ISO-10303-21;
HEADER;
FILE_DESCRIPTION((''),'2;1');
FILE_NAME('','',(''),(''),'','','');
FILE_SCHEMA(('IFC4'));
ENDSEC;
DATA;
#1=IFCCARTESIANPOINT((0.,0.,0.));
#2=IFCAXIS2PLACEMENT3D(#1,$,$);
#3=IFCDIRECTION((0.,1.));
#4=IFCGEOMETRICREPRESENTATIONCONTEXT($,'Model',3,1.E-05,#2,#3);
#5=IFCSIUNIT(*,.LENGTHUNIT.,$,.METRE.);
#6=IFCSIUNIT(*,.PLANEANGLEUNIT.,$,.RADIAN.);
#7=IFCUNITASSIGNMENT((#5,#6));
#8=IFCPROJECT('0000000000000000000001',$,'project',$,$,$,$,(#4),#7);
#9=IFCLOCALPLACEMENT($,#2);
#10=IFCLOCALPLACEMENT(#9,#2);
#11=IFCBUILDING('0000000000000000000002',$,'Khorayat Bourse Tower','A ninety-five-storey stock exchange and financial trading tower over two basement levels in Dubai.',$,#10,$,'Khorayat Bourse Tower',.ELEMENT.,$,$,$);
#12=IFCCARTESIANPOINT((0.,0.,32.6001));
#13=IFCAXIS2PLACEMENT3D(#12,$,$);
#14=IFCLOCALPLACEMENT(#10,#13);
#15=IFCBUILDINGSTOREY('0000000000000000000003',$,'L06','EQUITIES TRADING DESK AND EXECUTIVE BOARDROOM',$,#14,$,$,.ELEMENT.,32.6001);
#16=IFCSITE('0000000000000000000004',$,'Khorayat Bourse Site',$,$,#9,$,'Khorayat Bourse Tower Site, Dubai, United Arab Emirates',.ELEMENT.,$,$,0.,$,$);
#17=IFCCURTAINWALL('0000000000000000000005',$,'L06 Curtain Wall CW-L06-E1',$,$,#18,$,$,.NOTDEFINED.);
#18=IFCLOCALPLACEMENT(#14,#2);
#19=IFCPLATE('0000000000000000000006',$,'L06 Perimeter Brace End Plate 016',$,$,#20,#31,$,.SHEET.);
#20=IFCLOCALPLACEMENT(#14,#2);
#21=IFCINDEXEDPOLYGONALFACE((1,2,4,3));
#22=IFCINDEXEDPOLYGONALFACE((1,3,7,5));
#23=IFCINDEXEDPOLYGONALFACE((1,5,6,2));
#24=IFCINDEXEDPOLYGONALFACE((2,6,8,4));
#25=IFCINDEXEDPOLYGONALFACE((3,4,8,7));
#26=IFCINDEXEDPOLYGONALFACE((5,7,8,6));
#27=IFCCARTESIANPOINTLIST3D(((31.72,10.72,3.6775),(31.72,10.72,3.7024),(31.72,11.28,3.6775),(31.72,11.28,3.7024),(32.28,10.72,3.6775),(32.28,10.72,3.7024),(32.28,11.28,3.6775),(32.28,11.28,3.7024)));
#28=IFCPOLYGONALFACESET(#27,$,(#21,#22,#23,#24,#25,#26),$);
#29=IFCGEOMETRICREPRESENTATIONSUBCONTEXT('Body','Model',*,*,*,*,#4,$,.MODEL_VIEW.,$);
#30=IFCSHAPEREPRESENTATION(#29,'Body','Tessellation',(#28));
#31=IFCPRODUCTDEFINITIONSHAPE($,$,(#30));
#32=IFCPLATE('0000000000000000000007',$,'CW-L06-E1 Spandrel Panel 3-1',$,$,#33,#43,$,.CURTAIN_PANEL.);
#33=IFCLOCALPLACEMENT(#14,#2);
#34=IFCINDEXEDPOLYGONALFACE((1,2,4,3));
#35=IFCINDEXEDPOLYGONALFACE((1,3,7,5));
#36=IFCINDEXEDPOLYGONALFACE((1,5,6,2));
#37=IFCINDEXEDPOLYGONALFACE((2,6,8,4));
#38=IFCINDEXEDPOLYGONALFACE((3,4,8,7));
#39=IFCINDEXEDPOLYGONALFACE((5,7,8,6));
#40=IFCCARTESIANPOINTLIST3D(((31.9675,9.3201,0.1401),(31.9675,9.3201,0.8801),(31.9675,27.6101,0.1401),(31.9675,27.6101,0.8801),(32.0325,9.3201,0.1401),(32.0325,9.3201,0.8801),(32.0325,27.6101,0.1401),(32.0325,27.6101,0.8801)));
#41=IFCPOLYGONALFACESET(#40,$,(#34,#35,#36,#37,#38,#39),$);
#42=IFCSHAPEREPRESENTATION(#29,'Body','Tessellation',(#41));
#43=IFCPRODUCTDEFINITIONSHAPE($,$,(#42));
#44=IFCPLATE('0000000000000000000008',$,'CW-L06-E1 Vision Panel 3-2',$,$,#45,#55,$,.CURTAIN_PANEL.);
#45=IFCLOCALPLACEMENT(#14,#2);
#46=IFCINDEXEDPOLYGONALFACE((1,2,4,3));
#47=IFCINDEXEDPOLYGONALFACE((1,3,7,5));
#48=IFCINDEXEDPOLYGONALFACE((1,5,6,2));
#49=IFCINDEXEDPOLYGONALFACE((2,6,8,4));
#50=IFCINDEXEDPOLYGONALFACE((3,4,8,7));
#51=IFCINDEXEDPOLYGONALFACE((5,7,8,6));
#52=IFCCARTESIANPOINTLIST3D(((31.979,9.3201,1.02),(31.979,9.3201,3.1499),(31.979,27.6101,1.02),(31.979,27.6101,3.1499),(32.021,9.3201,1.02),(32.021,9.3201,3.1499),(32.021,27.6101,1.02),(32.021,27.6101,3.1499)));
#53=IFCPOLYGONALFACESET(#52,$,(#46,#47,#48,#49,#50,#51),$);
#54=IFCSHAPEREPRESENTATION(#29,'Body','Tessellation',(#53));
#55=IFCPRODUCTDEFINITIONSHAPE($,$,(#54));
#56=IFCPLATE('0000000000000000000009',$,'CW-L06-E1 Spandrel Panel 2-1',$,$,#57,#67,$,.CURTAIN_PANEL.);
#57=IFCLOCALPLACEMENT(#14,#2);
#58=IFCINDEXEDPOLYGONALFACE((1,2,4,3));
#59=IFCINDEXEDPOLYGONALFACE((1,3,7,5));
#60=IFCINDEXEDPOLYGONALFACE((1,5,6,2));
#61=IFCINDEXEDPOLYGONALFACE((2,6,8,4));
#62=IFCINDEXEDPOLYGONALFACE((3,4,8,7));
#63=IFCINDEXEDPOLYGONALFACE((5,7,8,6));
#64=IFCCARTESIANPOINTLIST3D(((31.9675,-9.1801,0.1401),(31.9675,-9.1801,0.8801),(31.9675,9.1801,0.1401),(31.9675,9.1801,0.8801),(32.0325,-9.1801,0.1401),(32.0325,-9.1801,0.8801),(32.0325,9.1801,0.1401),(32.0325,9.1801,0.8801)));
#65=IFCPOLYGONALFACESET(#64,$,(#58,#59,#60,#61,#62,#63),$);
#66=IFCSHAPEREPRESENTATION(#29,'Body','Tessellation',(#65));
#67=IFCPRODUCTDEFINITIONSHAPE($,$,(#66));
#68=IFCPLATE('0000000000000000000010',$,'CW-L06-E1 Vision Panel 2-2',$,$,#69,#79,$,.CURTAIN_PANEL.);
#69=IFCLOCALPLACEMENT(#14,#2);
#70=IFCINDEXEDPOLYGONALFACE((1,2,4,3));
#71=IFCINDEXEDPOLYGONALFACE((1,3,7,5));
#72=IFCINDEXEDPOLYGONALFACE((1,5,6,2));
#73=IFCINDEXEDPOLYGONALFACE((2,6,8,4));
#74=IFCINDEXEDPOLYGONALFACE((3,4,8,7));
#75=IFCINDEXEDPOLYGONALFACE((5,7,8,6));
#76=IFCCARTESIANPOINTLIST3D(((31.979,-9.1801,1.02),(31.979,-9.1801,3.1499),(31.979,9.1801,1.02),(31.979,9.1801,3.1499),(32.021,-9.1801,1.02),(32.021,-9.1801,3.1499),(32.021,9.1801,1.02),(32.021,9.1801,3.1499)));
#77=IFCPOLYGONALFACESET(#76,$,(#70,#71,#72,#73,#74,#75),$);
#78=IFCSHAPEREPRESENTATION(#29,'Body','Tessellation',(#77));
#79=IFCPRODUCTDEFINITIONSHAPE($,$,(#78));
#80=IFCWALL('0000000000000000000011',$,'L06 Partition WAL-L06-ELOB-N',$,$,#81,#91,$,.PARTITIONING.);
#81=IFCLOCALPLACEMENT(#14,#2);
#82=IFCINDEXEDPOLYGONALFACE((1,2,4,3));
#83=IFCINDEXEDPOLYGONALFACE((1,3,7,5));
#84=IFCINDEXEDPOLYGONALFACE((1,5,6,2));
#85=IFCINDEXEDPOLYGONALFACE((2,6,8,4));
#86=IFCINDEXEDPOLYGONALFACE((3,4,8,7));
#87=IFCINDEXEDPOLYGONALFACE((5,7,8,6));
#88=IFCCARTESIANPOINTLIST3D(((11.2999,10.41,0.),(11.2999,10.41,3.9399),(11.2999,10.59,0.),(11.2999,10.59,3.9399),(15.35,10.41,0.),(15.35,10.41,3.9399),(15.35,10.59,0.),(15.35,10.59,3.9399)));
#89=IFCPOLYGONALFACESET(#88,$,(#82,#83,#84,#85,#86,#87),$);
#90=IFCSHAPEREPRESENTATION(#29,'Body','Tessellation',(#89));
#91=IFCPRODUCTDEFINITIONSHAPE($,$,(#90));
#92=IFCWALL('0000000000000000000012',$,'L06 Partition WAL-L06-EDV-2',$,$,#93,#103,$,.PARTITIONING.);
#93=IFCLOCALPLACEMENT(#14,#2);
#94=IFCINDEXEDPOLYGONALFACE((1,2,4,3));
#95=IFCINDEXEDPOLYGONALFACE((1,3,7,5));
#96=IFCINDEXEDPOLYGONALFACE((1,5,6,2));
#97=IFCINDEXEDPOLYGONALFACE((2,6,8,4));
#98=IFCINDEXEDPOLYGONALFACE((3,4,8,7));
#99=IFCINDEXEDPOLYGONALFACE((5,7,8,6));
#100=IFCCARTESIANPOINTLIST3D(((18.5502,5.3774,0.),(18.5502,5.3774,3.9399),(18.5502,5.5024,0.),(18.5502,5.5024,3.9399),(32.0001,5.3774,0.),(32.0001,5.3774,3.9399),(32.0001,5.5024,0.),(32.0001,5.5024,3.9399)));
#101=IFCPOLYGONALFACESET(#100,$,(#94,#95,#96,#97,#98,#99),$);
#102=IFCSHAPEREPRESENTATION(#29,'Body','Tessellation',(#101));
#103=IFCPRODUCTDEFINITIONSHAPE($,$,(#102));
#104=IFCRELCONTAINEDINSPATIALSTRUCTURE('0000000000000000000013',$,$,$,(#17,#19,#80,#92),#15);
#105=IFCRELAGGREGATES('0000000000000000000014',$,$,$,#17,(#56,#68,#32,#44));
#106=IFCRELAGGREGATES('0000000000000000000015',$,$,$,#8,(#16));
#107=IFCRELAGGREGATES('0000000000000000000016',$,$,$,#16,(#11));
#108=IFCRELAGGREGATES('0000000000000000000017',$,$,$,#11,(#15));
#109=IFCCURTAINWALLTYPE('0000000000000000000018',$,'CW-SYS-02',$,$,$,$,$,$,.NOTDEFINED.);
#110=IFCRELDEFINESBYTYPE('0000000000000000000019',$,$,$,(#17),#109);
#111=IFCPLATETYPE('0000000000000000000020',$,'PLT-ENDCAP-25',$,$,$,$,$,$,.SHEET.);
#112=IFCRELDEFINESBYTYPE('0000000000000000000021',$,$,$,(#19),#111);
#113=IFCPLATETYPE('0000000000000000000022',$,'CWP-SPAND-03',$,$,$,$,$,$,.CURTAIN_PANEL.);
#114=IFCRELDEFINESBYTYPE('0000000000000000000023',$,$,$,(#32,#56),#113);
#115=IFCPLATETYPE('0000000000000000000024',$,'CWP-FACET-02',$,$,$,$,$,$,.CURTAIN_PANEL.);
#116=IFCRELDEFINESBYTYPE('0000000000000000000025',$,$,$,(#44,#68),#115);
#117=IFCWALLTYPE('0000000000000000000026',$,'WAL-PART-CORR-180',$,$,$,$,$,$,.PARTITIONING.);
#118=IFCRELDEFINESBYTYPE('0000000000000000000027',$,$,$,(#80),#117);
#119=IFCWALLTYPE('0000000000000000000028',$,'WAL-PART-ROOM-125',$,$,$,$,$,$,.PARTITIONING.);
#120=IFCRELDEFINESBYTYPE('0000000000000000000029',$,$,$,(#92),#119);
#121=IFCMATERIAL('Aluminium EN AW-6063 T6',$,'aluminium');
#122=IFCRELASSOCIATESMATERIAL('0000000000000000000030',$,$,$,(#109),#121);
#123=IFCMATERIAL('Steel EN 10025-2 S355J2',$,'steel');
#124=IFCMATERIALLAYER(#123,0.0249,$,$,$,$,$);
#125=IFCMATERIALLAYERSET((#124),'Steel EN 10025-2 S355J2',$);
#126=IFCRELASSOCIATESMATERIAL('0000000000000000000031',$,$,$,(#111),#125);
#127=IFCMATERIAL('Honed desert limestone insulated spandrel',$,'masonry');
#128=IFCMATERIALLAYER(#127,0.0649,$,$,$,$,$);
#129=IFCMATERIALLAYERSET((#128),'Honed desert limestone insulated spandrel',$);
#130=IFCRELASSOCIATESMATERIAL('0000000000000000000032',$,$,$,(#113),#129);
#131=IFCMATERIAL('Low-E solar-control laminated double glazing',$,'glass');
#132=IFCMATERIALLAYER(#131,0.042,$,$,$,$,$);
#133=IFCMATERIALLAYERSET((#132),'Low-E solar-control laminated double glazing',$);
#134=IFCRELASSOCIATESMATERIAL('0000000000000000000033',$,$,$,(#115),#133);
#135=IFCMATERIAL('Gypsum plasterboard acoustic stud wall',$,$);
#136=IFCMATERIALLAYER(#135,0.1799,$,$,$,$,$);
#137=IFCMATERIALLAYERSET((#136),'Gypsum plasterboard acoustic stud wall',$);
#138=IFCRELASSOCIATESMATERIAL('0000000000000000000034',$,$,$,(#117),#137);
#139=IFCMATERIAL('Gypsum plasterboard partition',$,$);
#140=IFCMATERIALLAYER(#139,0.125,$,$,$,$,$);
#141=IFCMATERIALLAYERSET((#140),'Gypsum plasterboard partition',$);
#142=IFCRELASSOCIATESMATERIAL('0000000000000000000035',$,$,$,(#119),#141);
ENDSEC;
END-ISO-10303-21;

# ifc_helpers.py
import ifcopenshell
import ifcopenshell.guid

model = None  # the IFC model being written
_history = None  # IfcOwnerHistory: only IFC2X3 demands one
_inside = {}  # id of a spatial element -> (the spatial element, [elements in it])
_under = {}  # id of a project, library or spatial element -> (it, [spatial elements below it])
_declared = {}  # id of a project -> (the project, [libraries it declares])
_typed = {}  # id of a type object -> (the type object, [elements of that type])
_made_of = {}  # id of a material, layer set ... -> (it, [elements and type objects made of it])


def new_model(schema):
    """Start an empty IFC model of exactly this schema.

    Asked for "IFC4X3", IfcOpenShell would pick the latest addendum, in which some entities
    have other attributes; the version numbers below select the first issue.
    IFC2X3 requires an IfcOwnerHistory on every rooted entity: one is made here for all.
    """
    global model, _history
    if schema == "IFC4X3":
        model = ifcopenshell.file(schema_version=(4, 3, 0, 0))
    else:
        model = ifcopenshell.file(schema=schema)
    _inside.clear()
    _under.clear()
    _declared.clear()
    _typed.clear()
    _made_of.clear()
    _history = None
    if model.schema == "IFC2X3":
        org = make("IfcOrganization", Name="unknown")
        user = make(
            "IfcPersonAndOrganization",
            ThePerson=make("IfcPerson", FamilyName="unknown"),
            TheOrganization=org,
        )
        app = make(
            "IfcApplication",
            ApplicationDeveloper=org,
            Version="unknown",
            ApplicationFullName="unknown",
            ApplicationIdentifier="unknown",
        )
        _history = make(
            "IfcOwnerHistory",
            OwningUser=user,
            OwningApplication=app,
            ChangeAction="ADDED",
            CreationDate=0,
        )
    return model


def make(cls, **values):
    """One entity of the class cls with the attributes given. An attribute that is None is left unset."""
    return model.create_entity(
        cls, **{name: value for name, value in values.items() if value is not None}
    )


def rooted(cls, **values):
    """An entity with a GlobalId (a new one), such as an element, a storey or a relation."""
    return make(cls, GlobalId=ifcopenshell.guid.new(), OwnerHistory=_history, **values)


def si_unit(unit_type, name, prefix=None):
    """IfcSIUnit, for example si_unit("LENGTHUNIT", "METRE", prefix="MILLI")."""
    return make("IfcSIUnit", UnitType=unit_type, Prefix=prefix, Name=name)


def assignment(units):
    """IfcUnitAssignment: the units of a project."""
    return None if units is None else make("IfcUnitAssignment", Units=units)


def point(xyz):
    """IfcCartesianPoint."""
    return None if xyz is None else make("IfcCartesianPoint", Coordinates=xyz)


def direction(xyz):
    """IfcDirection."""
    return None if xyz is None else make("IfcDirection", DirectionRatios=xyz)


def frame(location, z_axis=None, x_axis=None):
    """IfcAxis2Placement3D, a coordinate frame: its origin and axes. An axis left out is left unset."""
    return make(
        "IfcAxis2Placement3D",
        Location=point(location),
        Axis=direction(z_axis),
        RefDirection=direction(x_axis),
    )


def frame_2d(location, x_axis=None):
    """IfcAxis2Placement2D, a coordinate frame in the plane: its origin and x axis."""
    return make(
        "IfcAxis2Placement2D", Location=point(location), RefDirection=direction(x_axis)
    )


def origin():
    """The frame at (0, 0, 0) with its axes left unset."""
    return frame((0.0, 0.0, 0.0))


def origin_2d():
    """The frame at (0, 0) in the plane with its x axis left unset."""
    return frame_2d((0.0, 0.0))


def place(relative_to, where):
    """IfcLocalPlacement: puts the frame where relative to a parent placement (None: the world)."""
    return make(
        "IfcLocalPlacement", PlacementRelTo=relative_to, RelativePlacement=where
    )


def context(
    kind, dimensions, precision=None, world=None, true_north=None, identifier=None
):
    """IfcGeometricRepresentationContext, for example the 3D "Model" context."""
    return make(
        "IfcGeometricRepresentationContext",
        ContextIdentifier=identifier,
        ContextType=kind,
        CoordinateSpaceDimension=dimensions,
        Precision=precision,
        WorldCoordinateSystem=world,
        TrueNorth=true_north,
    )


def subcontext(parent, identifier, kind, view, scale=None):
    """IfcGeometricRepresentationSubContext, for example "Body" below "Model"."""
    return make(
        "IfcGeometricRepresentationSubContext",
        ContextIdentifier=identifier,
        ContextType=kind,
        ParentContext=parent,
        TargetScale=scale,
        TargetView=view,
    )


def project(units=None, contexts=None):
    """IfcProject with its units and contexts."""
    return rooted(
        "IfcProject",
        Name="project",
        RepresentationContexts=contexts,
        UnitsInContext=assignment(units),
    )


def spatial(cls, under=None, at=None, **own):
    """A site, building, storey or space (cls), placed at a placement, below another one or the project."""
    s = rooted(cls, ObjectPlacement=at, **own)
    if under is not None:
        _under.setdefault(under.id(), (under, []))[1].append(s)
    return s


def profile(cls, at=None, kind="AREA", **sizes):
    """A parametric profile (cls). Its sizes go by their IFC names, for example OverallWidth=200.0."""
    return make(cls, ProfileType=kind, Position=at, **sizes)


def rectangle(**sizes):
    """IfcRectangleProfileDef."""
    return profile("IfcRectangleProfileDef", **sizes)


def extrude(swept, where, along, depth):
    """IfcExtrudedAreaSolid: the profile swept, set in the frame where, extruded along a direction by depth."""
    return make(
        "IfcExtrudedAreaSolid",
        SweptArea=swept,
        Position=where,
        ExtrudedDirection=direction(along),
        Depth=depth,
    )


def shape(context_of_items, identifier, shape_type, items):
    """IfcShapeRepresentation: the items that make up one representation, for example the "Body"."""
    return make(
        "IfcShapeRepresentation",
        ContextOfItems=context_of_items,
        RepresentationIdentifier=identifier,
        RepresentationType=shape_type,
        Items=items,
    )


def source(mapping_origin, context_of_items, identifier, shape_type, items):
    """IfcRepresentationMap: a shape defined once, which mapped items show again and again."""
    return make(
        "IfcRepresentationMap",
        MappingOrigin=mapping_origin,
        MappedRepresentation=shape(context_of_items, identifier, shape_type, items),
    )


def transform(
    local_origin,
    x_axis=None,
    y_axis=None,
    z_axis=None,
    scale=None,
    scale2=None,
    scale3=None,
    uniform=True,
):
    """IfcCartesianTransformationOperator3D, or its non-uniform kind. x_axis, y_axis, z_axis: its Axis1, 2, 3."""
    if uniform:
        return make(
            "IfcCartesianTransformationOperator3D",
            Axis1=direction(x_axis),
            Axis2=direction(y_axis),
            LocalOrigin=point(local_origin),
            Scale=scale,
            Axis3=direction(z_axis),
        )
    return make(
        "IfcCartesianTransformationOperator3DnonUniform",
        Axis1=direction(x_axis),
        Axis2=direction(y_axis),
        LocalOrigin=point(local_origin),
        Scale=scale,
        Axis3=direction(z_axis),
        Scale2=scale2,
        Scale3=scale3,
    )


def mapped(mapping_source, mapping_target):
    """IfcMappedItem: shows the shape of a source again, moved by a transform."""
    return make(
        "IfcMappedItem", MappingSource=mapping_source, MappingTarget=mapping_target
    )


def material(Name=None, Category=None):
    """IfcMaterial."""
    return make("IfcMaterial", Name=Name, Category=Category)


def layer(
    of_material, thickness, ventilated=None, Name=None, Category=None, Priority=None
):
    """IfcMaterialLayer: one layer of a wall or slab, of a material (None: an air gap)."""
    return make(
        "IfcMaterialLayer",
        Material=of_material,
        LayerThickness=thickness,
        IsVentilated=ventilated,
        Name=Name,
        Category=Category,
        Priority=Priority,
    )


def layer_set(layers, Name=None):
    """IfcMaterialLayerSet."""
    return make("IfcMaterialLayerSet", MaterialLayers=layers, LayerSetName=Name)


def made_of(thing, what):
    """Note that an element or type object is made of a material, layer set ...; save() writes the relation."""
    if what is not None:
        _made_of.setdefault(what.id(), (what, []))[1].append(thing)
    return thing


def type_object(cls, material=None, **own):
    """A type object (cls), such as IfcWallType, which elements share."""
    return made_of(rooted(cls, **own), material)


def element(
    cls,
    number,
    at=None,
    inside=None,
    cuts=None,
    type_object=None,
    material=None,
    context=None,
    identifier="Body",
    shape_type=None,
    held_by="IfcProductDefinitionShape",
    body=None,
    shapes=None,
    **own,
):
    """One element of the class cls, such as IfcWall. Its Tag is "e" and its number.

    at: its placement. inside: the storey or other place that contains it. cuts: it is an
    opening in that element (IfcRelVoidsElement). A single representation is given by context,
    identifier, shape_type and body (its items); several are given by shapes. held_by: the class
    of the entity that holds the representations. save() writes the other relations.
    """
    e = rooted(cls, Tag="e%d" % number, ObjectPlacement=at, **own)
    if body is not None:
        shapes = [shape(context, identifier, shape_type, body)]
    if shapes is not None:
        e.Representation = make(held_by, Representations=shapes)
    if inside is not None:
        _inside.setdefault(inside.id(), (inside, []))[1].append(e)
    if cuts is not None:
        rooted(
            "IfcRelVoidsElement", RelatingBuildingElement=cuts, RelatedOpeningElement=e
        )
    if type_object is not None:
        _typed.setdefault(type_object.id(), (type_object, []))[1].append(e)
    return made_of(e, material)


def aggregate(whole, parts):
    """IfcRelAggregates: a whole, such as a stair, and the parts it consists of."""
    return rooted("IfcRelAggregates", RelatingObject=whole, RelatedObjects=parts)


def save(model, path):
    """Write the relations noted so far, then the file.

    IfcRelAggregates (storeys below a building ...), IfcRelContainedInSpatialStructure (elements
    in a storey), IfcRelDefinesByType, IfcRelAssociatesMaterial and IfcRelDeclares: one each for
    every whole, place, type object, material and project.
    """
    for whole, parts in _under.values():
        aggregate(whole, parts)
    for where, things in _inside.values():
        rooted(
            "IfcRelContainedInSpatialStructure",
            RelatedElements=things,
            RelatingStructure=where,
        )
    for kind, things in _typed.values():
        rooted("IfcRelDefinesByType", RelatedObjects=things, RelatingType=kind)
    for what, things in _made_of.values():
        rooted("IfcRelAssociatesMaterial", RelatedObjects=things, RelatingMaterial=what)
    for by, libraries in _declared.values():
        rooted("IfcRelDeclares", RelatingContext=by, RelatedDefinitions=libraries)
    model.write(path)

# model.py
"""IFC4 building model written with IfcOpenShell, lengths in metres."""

from ifc_helpers import new_model, si_unit, direction, frame, frame_2d, origin, origin_2d, place, context, subcontext, project, spatial, rectangle, extrude, source, transform, mapped, material, layer, layer_set, type_object, element, aggregate, save


model = new_model("IFC4")

# Units and contexts
model_context = context("Model", 3, precision=1e-05, world=origin(), true_north=direction((0.0, 1.0)))
body_context = subcontext(model_context, "Body", "Model", "MODEL_VIEW")
ifc_project = project(units=[si_unit("LENGTHUNIT", "METRE"), si_unit("PLANEANGLEUNIT", "RADIAN")], contexts=[model_context])

# Site, building, storey
site_placement = place(None, origin())
site = spatial("IfcSite", under=ifc_project, at=site_placement, Name="Khorayat Bourse Site", LongName="Khorayat Bourse Tower Site, Dubai, United Arab Emirates", CompositionType="ELEMENT", RefElevation=0.0)
building_placement = place(site_placement, origin())
building = spatial("IfcBuilding", under=site, at=building_placement, Name="Khorayat Bourse Tower", Description="A ninety-five-storey stock exchange and financial trading tower over two basement levels in Dubai.", LongName="Khorayat Bourse Tower", CompositionType="ELEMENT")
storey_placement = place(building_placement, frame((0.0, 0.0, 32.6001)))
storey = spatial("IfcBuildingStorey", under=building, at=storey_placement, Name="L06", Description="EQUITIES TRADING DESK AND EXECUTIVE BOARDROOM", CompositionType="ELEMENT", Elevation=32.6001)

# Curtain wall
ifc_material_1 = material(Name="Aluminium EN AW-6063 T6", Category="aluminium")
curtain_wall_type = type_object("IfcCurtainWallType", Name="CW-SYS-02", PredefinedType="NOTDEFINED", material=ifc_material_1)
curtain_wall_placement = place(storey_placement, origin())
curtain_wall = element("IfcCurtainWall", 1, at=curtain_wall_placement, inside=storey, type_object=curtain_wall_type, Name="L06 Curtain Wall CW-L06-E1", PredefinedType="NOTDEFINED")

# Plate
ifc_material_2 = material(Name="Steel EN 10025-2 S355J2", Category="steel")
ifc_layer_1 = layer(ifc_material_2, 0.0249)
ifc_layer_set_1 = layer_set([ifc_layer_1], Name="Steel EN 10025-2 S355J2")
plate_type_1 = type_object("IfcPlateType", Name="PLT-ENDCAP-25", PredefinedType="SHEET", material=ifc_layer_set_1)
shared_shape_1 = source(origin(), body_context, "Body", "SweptSolid", [
    extrude(rectangle(XDim=0.5601, YDim=0.5601, at=origin_2d()), origin(), (0.0, 0.0, 1.0), 0.0249),
])
for number, where, z_axis, x_axis, name in (
    (2, (32.0, 11.0, 3.6775), (0.0, 0.0, 1.0), (1.0, 0.0, 0.0), "L06 Perimeter Brace End Plate 016"),
):
    element("IfcPlate", number, at=place(storey_placement, frame(where, z_axis=z_axis, x_axis=x_axis)), inside=storey, type_object=plate_type_1, Name=name, PredefinedType="SHEET", context=body_context, shape_type="MappedRepresentation", body=[
        mapped(shared_shape_1, transform((0.0, 0.0, 0.0), scale=1.0)),
    ])

# Plates
ifc_material_3 = material(Name="Honed desert limestone insulated spandrel", Category="masonry")
ifc_layer_2 = layer(ifc_material_3, 0.0649)
ifc_layer_set_2 = layer_set([ifc_layer_2], Name="Honed desert limestone insulated spandrel")
plate_type_2 = type_object("IfcPlateType", Name="CWP-SPAND-03", PredefinedType="CURTAIN_PANEL", material=ifc_layer_set_2)
shared_shape_2 = source(origin(), body_context, "Body", "SweptSolid", [
    extrude(rectangle(XDim=18.29, YDim=0.0649, at=origin_2d()), origin(), (0.0, 0.0, 1.0), 0.74),
])
plate_1_placement = place(storey_placement, frame((32.0, 18.4651, 0.1401), z_axis=(0.0, 0.0, 1.0), x_axis=(0.0, 1.0, 0.0)))
plate_1 = element("IfcPlate", 3, at=plate_1_placement, type_object=plate_type_2, Name="CW-L06-E1 Spandrel Panel 3-1", PredefinedType="CURTAIN_PANEL", context=body_context, shape_type="MappedRepresentation", body=[
    mapped(shared_shape_2, transform((0.0, 0.0, 0.0), scale=1.0)),
])
ifc_material_4 = material(Name="Low-E solar-control laminated double glazing", Category="glass")
ifc_layer_3 = layer(ifc_material_4, 0.042)
ifc_layer_set_3 = layer_set([ifc_layer_3], Name="Low-E solar-control laminated double glazing")
plate_type_3 = type_object("IfcPlateType", Name="CWP-FACET-02", PredefinedType="CURTAIN_PANEL", material=ifc_layer_set_3)
shared_shape_3 = source(origin(), body_context, "Body", "SweptSolid", [
    extrude(rectangle(XDim=18.29, YDim=0.042, at=origin_2d()), origin(), (0.0, 0.0, 1.0), 2.1299),
])
plate_2_placement = place(storey_placement, frame((32.0, 18.4651, 1.02), z_axis=(0.0, 0.0, 1.0), x_axis=(0.0, 1.0, 0.0)))
plate_2 = element("IfcPlate", 4, at=plate_2_placement, type_object=plate_type_3, Name="CW-L06-E1 Vision Panel 3-2", PredefinedType="CURTAIN_PANEL", context=body_context, shape_type="MappedRepresentation", body=[
    mapped(shared_shape_3, transform((0.0, 0.0, 0.0), scale=1.0)),
])
shared_shape_4 = source(origin(), body_context, "Body", "SweptSolid", [
    extrude(rectangle(XDim=18.3601, YDim=0.0649, at=origin_2d()), origin(), (0.0, 0.0, 1.0), 0.74),
])
plate_3_placement = place(storey_placement, frame((32.0, 0.0, 0.1401), z_axis=(0.0, 0.0, 1.0), x_axis=(0.0, 1.0, 0.0)))
plate_3 = element("IfcPlate", 5, at=plate_3_placement, type_object=plate_type_2, Name="CW-L06-E1 Spandrel Panel 2-1", PredefinedType="CURTAIN_PANEL", context=body_context, shape_type="MappedRepresentation", body=[
    mapped(shared_shape_4, transform((0.0, 0.0, 0.0), scale=1.0)),
])
shared_shape_5 = source(origin(), body_context, "Body", "SweptSolid", [
    extrude(rectangle(XDim=18.3601, YDim=0.042, at=origin_2d()), origin(), (0.0, 0.0, 1.0), 2.1299),
])
plate_4_placement = place(storey_placement, frame((32.0, 0.0, 1.02), z_axis=(0.0, 0.0, 1.0), x_axis=(0.0, 1.0, 0.0)))
plate_4 = element("IfcPlate", 6, at=plate_4_placement, type_object=plate_type_3, Name="CW-L06-E1 Vision Panel 2-2", PredefinedType="CURTAIN_PANEL", context=body_context, shape_type="MappedRepresentation", body=[
    mapped(shared_shape_5, transform((0.0, 0.0, 0.0), scale=1.0)),
])
aggregate(curtain_wall, [plate_3, plate_4, plate_1, plate_2])

# Walls
ifc_material_5 = material(Name="Gypsum plasterboard acoustic stud wall")
ifc_layer_4 = layer(ifc_material_5, 0.1799)
ifc_layer_set_4 = layer_set([ifc_layer_4], Name="Gypsum plasterboard acoustic stud wall")
wall_type_1 = type_object("IfcWallType", Name="WAL-PART-CORR-180", PredefinedType="PARTITIONING", material=ifc_layer_set_4)
shared_shape_6 = source(origin(), body_context, "Body", "SweptSolid", [
    extrude(rectangle(XDim=4.05, YDim=0.1799, at=frame_2d((2.0249, 0.0))), origin(), (0.0, 0.0, 1.0), 3.9399),
])
wall_1_placement = place(storey_placement, frame((11.3, 10.5, 0.0), z_axis=(0.0, 0.0, 1.0), x_axis=(1.0, 0.0, 0.0)))
element("IfcWall", 7, at=wall_1_placement, inside=storey, type_object=wall_type_1, Name="L06 Partition WAL-L06-ELOB-N", PredefinedType="PARTITIONING", context=body_context, shape_type="MappedRepresentation", body=[
    mapped(shared_shape_6, transform((0.0, 0.0, 0.0), scale=1.0)),
])
ifc_material_6 = material(Name="Gypsum plasterboard partition")
ifc_layer_5 = layer(ifc_material_6, 0.125)
ifc_layer_set_5 = layer_set([ifc_layer_5], Name="Gypsum plasterboard partition")
wall_type_2 = type_object("IfcWallType", Name="WAL-PART-ROOM-125", PredefinedType="PARTITIONING", material=ifc_layer_set_5)
shared_shape_7 = source(origin(), body_context, "Body", "SweptSolid", [
    extrude(rectangle(XDim=13.45, YDim=0.125, at=frame_2d((6.7251, 0.0))), origin(), (0.0, 0.0, 1.0), 3.9399),
])
wall_2_placement = place(storey_placement, frame((18.55, 5.4399, 0.0), z_axis=(0.0, 0.0, 1.0), x_axis=(1.0, 0.0, 0.0)))
element("IfcWall", 8, at=wall_2_placement, inside=storey, type_object=wall_type_2, Name="L06 Partition WAL-L06-EDV-2", PredefinedType="PARTITIONING", context=body_context, shape_type="MappedRepresentation", body=[
    mapped(shared_shape_7, transform((0.0, 0.0, 0.0), scale=1.0)),
])

save(model, "model.ifc")
